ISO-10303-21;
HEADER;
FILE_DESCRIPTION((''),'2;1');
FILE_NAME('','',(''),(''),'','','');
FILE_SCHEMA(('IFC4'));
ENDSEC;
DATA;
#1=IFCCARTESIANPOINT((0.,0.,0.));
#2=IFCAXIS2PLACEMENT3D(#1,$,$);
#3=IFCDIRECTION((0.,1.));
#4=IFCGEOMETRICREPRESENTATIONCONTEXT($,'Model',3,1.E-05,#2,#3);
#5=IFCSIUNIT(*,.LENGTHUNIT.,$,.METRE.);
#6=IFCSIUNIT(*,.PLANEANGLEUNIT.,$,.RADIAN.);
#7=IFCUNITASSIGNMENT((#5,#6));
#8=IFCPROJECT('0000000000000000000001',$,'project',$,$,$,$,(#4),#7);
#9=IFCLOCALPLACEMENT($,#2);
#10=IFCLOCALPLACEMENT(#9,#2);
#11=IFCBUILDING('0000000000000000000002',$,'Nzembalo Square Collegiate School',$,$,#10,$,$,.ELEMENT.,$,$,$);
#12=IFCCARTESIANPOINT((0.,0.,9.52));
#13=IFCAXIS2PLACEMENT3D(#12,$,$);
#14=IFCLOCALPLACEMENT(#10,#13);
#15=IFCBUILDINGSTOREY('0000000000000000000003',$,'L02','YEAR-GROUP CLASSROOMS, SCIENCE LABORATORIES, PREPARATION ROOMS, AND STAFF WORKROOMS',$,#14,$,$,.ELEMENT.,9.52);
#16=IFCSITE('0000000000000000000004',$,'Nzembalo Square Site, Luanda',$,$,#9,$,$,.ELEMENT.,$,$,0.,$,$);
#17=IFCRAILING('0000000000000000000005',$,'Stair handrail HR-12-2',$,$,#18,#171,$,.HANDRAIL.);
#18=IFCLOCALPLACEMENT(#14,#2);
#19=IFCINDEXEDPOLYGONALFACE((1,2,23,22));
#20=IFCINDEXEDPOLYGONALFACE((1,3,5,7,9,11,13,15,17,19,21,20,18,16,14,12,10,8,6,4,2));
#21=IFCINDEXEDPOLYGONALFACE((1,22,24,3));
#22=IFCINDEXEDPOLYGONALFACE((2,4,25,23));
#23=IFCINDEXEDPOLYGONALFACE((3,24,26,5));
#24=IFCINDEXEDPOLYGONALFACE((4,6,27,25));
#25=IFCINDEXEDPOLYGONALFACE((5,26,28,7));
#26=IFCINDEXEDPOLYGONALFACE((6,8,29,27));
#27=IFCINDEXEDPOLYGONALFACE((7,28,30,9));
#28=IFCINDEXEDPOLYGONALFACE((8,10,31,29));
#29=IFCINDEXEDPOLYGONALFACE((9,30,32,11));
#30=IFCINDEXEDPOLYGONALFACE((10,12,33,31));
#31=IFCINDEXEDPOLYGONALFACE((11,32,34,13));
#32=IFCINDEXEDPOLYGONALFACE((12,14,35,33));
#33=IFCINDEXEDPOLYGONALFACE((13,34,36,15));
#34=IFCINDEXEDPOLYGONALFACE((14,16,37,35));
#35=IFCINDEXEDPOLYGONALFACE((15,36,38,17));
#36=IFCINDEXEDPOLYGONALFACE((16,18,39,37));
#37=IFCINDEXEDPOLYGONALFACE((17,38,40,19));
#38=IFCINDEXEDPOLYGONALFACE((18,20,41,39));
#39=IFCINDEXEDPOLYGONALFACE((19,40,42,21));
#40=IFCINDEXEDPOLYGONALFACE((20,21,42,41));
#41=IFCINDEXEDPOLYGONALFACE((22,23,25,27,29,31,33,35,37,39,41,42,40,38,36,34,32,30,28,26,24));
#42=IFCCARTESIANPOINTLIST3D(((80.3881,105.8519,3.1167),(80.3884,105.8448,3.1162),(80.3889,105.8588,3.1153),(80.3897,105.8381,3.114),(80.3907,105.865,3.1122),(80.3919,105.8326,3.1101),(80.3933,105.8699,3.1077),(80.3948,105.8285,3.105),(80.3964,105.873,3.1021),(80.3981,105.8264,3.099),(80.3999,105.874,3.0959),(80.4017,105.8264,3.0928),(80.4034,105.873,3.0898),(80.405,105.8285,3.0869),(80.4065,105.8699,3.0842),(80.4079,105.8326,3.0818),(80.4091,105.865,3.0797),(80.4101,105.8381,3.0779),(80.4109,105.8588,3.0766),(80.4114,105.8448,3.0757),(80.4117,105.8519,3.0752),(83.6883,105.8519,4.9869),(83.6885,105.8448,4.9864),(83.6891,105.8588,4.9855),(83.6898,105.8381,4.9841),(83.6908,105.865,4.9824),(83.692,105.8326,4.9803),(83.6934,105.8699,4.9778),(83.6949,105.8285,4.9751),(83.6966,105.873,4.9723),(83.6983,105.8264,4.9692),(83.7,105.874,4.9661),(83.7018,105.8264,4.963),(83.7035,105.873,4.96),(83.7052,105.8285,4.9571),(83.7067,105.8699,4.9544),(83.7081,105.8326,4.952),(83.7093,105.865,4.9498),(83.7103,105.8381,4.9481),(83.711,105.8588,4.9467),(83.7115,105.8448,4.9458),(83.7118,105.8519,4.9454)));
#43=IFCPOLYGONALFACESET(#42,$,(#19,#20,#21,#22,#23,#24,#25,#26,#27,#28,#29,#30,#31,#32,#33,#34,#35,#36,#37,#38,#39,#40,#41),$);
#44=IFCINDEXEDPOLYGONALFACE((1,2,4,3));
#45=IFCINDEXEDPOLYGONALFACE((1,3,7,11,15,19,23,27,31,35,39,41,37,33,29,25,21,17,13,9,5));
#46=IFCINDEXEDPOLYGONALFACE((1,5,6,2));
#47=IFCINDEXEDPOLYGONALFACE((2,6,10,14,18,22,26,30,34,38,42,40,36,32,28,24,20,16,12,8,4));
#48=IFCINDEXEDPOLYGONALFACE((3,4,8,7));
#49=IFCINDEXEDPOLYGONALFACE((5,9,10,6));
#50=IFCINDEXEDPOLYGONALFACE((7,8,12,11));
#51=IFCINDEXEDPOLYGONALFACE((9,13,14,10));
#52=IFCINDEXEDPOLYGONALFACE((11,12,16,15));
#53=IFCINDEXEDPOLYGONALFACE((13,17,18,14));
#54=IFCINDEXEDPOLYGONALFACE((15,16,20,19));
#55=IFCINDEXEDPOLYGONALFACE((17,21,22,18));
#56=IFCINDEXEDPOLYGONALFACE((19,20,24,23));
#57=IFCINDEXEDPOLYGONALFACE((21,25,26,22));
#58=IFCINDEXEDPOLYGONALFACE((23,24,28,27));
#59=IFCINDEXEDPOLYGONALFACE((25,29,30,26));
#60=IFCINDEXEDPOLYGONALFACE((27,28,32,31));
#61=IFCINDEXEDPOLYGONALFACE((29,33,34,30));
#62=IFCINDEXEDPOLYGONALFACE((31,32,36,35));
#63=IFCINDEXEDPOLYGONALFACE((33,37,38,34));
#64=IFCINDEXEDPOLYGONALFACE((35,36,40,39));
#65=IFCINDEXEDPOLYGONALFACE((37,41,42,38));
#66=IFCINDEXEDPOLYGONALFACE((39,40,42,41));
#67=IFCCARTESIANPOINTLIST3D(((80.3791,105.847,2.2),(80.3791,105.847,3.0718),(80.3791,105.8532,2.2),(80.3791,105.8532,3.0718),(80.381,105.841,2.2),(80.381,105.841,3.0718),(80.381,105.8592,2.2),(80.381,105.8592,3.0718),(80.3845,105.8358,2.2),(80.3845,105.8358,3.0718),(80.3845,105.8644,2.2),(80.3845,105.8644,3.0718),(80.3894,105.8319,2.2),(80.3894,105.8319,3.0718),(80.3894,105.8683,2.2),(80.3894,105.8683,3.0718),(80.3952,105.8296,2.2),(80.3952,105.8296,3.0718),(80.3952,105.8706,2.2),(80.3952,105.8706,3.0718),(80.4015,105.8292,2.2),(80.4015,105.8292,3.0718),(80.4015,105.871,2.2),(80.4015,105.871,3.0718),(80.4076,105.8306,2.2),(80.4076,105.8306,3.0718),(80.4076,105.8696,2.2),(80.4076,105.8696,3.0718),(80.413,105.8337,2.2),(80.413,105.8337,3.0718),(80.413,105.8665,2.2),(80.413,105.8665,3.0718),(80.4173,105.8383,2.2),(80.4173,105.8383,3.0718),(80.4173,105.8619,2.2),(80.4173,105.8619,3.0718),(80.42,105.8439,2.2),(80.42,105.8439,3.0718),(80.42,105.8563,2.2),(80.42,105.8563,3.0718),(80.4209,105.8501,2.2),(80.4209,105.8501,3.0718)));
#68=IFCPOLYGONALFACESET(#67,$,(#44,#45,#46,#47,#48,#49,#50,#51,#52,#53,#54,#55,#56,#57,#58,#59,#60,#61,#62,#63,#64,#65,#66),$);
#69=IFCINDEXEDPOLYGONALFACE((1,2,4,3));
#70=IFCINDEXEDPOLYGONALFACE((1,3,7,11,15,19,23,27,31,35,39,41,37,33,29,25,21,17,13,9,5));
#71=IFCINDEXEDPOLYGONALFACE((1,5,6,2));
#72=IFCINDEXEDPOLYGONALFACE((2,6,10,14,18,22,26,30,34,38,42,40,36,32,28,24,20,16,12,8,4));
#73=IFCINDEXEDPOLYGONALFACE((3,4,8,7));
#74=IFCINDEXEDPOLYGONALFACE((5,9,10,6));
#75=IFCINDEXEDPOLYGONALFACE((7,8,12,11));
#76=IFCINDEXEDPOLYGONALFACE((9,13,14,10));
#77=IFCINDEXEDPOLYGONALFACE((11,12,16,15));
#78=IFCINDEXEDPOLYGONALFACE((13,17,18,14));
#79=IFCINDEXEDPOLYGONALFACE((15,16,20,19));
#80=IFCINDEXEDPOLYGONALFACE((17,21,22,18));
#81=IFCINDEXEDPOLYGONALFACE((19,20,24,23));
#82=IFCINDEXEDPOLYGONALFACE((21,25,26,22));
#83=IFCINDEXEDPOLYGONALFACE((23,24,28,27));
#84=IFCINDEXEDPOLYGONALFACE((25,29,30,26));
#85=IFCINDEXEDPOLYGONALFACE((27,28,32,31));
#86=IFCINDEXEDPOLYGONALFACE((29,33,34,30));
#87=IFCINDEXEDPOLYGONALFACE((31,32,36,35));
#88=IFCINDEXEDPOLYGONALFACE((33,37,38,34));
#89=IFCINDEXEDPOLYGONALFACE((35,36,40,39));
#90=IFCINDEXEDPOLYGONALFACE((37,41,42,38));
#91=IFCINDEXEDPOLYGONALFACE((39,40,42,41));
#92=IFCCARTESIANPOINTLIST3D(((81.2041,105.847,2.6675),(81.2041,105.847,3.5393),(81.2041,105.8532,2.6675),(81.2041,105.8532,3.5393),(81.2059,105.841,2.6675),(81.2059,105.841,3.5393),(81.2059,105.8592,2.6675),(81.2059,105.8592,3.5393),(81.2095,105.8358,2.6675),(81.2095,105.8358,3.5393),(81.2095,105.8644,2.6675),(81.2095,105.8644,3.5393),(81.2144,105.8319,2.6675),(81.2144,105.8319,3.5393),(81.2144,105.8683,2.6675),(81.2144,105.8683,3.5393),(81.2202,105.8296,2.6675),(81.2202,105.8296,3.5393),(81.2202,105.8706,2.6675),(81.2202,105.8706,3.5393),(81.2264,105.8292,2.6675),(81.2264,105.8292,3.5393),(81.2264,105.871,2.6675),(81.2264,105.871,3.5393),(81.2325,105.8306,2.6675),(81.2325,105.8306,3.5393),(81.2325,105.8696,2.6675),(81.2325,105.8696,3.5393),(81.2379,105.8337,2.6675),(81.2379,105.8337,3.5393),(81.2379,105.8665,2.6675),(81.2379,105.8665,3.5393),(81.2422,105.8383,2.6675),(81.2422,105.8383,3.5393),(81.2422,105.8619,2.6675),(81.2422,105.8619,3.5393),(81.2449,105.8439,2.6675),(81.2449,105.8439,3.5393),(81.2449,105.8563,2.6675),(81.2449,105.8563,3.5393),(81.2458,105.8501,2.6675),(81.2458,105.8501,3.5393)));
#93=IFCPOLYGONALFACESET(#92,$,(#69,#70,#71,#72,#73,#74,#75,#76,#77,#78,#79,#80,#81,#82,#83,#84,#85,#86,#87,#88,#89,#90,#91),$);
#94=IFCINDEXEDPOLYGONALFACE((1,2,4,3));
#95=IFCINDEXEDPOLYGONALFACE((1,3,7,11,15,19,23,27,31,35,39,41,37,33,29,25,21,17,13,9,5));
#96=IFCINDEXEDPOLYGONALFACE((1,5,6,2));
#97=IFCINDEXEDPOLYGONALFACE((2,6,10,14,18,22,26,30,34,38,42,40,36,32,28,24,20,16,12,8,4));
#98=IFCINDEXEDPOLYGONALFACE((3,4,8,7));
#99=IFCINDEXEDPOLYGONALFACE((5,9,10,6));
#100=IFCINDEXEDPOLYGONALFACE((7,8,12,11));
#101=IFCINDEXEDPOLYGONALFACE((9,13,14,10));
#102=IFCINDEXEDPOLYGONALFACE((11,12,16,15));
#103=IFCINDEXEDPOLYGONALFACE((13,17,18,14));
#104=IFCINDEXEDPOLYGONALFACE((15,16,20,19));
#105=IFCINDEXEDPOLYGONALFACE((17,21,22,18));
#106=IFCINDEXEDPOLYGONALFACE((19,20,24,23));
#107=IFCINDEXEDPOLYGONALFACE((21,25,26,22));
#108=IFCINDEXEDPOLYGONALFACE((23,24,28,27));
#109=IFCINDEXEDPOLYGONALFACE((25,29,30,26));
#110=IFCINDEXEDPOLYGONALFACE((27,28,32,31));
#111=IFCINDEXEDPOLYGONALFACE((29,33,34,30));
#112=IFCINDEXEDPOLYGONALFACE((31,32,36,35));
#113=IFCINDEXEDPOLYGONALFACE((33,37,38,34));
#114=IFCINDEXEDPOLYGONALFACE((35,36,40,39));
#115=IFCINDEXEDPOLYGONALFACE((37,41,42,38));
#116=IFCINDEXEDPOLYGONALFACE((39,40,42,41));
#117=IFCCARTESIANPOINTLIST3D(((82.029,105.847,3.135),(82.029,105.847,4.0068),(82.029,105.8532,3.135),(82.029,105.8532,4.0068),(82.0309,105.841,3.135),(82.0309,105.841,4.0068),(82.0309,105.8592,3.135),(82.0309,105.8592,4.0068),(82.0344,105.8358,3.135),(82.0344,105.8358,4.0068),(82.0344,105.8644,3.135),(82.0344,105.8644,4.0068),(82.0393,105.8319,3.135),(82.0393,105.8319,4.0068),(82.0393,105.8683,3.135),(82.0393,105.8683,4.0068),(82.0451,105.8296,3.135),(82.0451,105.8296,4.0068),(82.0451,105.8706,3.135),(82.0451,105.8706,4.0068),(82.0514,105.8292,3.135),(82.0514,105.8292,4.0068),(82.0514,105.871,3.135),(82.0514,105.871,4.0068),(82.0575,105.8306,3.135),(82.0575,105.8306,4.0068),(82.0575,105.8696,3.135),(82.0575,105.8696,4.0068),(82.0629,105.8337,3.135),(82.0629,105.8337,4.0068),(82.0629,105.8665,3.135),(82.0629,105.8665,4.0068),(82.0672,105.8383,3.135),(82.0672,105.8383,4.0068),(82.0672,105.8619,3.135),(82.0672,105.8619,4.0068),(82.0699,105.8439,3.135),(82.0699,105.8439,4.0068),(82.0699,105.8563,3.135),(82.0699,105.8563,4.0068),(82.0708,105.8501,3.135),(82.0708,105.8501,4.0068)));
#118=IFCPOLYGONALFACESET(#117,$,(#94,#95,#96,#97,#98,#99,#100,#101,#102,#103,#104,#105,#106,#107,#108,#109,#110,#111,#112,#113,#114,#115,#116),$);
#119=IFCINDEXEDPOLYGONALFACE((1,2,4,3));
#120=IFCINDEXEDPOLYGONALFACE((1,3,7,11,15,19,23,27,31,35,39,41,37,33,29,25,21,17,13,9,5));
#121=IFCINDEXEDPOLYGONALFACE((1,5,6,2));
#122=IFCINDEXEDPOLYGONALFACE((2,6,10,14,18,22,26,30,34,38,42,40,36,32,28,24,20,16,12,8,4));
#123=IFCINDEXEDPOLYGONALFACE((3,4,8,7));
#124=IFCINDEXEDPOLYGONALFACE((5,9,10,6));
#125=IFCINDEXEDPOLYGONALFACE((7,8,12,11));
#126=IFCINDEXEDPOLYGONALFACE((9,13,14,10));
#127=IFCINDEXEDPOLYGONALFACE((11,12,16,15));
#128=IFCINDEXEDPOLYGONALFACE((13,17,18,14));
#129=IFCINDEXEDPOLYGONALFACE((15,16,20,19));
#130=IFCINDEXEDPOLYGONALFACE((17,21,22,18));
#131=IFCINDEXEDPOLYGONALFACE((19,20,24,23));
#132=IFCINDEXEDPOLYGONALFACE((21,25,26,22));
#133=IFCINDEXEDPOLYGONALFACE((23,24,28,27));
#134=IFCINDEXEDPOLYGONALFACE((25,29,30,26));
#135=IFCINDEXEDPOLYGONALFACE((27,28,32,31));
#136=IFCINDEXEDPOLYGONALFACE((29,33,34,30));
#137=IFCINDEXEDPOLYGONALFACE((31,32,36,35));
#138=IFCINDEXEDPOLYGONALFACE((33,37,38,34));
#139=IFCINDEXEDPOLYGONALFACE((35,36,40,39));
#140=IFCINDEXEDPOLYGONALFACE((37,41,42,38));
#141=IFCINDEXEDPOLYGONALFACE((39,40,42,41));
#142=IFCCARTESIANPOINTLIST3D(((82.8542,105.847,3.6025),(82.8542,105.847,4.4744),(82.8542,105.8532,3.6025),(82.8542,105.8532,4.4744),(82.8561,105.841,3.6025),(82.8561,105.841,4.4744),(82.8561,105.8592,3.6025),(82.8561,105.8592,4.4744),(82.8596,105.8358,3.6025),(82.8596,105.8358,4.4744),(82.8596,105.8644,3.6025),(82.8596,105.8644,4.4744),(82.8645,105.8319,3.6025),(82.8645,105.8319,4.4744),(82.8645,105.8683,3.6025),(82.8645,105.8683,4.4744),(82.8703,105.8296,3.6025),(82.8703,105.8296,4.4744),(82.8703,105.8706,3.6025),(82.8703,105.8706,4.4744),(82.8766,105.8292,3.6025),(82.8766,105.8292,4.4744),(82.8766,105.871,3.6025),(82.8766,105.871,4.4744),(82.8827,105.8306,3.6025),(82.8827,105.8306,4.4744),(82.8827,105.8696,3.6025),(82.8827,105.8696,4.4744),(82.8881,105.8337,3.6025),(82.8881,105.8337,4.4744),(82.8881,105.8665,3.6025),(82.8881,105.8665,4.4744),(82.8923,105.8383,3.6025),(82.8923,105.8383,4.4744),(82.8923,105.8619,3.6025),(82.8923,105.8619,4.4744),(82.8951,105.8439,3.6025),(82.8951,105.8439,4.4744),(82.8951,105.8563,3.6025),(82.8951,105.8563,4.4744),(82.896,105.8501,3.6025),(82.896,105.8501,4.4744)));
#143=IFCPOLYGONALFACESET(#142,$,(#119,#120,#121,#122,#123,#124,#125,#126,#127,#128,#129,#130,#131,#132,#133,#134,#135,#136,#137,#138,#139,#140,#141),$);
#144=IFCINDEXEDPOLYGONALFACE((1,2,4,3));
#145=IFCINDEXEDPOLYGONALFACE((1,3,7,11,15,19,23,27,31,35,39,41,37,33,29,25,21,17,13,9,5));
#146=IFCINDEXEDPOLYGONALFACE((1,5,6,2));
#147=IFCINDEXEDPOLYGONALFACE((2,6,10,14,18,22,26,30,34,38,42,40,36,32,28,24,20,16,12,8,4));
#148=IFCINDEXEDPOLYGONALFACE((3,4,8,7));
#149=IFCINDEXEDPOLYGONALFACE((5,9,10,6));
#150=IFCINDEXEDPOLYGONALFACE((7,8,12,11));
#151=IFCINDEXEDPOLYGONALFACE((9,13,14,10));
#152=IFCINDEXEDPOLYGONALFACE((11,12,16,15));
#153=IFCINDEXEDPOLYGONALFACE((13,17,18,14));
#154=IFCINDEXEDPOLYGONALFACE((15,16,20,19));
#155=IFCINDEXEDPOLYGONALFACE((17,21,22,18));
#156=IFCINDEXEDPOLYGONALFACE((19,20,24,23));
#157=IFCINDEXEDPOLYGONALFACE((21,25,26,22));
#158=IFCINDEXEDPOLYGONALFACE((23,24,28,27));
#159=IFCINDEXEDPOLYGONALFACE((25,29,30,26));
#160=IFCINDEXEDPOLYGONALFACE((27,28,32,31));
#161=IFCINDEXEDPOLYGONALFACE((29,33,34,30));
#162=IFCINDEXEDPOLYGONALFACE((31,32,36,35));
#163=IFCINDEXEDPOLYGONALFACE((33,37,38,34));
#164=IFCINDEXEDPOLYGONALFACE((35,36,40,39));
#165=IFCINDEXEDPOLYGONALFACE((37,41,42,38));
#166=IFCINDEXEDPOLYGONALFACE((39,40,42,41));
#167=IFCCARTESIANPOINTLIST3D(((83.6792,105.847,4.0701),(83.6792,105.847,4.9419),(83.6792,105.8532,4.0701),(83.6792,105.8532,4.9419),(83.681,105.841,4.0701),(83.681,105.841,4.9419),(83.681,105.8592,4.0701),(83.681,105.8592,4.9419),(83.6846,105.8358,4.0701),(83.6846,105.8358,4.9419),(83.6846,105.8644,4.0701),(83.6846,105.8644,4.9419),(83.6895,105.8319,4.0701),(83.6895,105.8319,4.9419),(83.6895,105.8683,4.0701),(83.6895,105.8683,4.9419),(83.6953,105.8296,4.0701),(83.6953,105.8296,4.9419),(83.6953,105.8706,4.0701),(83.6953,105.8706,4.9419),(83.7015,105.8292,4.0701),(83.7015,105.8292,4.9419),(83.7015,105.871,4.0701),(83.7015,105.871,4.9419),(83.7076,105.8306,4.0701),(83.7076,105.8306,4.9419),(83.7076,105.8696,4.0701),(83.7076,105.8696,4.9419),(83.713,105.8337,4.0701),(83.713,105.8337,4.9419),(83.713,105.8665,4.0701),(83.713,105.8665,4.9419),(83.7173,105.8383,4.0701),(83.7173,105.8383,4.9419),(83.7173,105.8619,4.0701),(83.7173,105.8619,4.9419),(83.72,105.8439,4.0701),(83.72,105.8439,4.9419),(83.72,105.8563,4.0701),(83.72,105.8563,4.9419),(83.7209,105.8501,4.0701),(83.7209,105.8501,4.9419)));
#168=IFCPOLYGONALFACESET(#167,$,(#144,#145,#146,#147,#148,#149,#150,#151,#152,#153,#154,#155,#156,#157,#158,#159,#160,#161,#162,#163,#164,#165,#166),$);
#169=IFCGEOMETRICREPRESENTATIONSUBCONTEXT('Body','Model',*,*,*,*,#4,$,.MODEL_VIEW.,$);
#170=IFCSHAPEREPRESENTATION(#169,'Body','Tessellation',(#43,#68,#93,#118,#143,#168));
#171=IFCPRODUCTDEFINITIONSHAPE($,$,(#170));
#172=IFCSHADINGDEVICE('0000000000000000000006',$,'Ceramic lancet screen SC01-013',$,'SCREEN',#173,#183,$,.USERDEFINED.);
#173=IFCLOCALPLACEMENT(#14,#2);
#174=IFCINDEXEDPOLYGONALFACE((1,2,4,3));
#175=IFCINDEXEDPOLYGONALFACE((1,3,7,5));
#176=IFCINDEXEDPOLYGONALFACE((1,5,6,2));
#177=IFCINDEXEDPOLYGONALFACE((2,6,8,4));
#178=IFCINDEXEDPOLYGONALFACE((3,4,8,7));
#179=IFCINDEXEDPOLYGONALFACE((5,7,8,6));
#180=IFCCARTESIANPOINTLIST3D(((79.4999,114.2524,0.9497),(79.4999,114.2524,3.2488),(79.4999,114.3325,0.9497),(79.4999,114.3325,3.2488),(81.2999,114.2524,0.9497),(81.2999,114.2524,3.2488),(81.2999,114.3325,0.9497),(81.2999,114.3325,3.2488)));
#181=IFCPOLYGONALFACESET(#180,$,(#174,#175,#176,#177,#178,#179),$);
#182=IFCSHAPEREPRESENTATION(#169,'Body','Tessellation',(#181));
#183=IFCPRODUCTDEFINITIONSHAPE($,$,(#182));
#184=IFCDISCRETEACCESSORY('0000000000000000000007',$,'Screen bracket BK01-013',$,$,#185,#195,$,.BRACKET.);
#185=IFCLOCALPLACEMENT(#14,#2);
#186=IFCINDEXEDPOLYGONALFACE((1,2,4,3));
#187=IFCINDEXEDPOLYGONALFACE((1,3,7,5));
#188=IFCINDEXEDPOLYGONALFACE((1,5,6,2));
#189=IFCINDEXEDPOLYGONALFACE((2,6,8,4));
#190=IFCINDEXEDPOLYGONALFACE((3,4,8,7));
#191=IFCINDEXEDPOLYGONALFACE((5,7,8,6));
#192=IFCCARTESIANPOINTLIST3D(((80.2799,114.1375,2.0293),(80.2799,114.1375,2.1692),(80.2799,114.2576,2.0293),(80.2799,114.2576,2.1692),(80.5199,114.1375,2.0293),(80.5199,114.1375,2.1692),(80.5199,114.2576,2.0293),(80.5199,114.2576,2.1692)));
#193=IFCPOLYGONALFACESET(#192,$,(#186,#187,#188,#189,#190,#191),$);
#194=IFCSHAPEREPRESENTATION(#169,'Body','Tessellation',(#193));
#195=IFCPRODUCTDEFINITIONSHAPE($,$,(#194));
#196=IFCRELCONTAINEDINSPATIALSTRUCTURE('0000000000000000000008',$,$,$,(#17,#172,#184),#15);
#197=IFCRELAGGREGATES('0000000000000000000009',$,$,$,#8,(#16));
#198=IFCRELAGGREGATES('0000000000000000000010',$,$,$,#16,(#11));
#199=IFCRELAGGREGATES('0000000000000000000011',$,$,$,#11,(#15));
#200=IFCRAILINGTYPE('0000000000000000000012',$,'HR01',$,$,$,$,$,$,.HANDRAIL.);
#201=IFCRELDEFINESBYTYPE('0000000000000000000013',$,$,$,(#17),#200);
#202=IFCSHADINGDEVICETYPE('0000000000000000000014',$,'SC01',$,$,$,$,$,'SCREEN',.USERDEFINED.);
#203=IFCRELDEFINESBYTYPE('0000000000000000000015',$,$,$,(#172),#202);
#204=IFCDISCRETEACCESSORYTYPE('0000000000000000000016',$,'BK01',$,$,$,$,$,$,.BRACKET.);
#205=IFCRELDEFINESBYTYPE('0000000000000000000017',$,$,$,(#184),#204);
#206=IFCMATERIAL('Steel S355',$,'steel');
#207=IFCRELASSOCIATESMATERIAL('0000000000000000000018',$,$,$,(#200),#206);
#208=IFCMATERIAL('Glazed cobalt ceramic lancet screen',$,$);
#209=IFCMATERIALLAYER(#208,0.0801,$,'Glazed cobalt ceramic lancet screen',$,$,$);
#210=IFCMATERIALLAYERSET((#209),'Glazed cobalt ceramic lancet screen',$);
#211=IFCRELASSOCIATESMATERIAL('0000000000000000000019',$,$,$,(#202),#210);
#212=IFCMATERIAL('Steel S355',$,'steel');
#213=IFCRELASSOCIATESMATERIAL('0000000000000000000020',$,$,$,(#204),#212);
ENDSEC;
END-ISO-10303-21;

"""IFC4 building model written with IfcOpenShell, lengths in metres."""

from ifc_helpers import new_model, si_unit, direction, frame, origin, origin_2d, place, context, subcontext, project, spatial, rectangle, circle, extrude, material, layer, layer_set, type_object, element, save


model = new_model("IFC4")

# Units and contexts
model_context = context("Model", 3, precision=1e-05, world=origin(), true_north=direction((0.0, 1.0)))
body_context = subcontext(model_context, "Body", "Model", "MODEL_VIEW")
ifc_project = project(units=[si_unit("LENGTHUNIT", "METRE"), si_unit("PLANEANGLEUNIT", "RADIAN")], contexts=[model_context])

# Site, building, storey
site_placement = place(None, origin())
site = spatial("IfcSite", under=ifc_project, at=site_placement, Name="Nzembalo Square Site, Luanda", CompositionType="ELEMENT", RefElevation=0.0)
building_placement = place(site_placement, origin())
building = spatial("IfcBuilding", under=site, at=building_placement, Name="Nzembalo Square Collegiate School", CompositionType="ELEMENT")
storey_placement = place(building_placement, frame((0.0, 0.0, 9.52)))
storey = spatial("IfcBuildingStorey", under=building, at=storey_placement, Name="L02", Description="YEAR-GROUP CLASSROOMS, SCIENCE LABORATORIES, PREPARATION ROOMS, AND STAFF WORKROOMS", CompositionType="ELEMENT", Elevation=9.52)

# Railing
ifc_material_1 = material(Name="Steel S355", Category="steel")
railing_type_1 = type_object("IfcRailingType", Name="HR01", PredefinedType="HANDRAIL", material=ifc_material_1)
railing_1_placement = place(storey_placement, frame((80.3999, 105.8501, 2.2)))
element("IfcRailing", 1, at=railing_1_placement, inside=storey, type_object=railing_type_1, Name="Stair handrail HR-12-2", PredefinedType="HANDRAIL", context=body_context, shape_type="SweptSolid", body=[
    extrude(circle(Radius=0.0239, at=origin_2d()), frame((0.0, 0.0, 0.896), z_axis=(0.870012, 0.0, 0.49303), x_axis=(0.0, 1.0, 0.0)), (0.0, 0.0, 1.0), 3.7932),
    extrude(circle(Radius=0.021, at=origin_2d()), origin(), (0.0, 0.0, 1.0), 0.8718),
    extrude(circle(Radius=0.021, at=origin_2d()), frame((0.825, 0.0, 0.4675)), (0.0, 0.0, 1.0), 0.8718),
    extrude(circle(Radius=0.021, at=origin_2d()), frame((1.6499, 0.0, 0.9351)), (0.0, 0.0, 1.0), 0.8718),
    extrude(circle(Radius=0.021, at=origin_2d()), frame((2.4751, 0.0, 1.4026)), (0.0, 0.0, 1.0), 0.8718),
    extrude(circle(Radius=0.021, at=origin_2d()), frame((3.3, 0.0, 1.8701)), (0.0, 0.0, 1.0), 0.8718),
])

# Shading device
ifc_material_2 = material(Name="Glazed cobalt ceramic lancet screen")
ifc_layer_1 = layer(ifc_material_2, 0.0801, Name="Glazed cobalt ceramic lancet screen")
ifc_layer_set_1 = layer_set([ifc_layer_1], Name="Glazed cobalt ceramic lancet screen")
shading_device_type = type_object("IfcShadingDeviceType", Name="SC01", ElementType="SCREEN", PredefinedType="USERDEFINED", material=ifc_layer_set_1)
shading_device_placement = place(storey_placement, frame((80.3999, 114.2925, 0.9497), z_axis=(0.0, 0.0, 1.0), x_axis=(1.0, 0.0, 0.0)))
element("IfcShadingDevice", 2, at=shading_device_placement, inside=storey, type_object=shading_device_type, Name="Ceramic lancet screen SC01-013", ObjectType="SCREEN", PredefinedType="USERDEFINED", context=body_context, shape_type="SweptSolid", body=[
    extrude(rectangle(XDim=1.8, YDim=0.0801, at=origin_2d()), origin(), (0.0, 0.0, 1.0), 2.2991),
])

# Discrete accessory
ifc_material_3 = material(Name="Steel S355", Category="steel")
discrete_accessory_type = type_object("IfcDiscreteAccessoryType", Name="BK01", PredefinedType="BRACKET", material=ifc_material_3)
discrete_accessory_placement = place(storey_placement, frame((80.3999, 114.1975, 2.0293), z_axis=(0.0, 0.0, 1.0), x_axis=(1.0, 0.0, 0.0)))
element("IfcDiscreteAccessory", 3, at=discrete_accessory_placement, inside=storey, type_object=discrete_accessory_type, Name="Screen bracket BK01-013", PredefinedType="BRACKET", context=body_context, shape_type="SweptSolid", body=[
    extrude(rectangle(XDim=0.24, YDim=0.1201, at=origin_2d()), origin(), (0.0, 0.0, 1.0), 0.1399),
])

save(model, "model.ifc")
